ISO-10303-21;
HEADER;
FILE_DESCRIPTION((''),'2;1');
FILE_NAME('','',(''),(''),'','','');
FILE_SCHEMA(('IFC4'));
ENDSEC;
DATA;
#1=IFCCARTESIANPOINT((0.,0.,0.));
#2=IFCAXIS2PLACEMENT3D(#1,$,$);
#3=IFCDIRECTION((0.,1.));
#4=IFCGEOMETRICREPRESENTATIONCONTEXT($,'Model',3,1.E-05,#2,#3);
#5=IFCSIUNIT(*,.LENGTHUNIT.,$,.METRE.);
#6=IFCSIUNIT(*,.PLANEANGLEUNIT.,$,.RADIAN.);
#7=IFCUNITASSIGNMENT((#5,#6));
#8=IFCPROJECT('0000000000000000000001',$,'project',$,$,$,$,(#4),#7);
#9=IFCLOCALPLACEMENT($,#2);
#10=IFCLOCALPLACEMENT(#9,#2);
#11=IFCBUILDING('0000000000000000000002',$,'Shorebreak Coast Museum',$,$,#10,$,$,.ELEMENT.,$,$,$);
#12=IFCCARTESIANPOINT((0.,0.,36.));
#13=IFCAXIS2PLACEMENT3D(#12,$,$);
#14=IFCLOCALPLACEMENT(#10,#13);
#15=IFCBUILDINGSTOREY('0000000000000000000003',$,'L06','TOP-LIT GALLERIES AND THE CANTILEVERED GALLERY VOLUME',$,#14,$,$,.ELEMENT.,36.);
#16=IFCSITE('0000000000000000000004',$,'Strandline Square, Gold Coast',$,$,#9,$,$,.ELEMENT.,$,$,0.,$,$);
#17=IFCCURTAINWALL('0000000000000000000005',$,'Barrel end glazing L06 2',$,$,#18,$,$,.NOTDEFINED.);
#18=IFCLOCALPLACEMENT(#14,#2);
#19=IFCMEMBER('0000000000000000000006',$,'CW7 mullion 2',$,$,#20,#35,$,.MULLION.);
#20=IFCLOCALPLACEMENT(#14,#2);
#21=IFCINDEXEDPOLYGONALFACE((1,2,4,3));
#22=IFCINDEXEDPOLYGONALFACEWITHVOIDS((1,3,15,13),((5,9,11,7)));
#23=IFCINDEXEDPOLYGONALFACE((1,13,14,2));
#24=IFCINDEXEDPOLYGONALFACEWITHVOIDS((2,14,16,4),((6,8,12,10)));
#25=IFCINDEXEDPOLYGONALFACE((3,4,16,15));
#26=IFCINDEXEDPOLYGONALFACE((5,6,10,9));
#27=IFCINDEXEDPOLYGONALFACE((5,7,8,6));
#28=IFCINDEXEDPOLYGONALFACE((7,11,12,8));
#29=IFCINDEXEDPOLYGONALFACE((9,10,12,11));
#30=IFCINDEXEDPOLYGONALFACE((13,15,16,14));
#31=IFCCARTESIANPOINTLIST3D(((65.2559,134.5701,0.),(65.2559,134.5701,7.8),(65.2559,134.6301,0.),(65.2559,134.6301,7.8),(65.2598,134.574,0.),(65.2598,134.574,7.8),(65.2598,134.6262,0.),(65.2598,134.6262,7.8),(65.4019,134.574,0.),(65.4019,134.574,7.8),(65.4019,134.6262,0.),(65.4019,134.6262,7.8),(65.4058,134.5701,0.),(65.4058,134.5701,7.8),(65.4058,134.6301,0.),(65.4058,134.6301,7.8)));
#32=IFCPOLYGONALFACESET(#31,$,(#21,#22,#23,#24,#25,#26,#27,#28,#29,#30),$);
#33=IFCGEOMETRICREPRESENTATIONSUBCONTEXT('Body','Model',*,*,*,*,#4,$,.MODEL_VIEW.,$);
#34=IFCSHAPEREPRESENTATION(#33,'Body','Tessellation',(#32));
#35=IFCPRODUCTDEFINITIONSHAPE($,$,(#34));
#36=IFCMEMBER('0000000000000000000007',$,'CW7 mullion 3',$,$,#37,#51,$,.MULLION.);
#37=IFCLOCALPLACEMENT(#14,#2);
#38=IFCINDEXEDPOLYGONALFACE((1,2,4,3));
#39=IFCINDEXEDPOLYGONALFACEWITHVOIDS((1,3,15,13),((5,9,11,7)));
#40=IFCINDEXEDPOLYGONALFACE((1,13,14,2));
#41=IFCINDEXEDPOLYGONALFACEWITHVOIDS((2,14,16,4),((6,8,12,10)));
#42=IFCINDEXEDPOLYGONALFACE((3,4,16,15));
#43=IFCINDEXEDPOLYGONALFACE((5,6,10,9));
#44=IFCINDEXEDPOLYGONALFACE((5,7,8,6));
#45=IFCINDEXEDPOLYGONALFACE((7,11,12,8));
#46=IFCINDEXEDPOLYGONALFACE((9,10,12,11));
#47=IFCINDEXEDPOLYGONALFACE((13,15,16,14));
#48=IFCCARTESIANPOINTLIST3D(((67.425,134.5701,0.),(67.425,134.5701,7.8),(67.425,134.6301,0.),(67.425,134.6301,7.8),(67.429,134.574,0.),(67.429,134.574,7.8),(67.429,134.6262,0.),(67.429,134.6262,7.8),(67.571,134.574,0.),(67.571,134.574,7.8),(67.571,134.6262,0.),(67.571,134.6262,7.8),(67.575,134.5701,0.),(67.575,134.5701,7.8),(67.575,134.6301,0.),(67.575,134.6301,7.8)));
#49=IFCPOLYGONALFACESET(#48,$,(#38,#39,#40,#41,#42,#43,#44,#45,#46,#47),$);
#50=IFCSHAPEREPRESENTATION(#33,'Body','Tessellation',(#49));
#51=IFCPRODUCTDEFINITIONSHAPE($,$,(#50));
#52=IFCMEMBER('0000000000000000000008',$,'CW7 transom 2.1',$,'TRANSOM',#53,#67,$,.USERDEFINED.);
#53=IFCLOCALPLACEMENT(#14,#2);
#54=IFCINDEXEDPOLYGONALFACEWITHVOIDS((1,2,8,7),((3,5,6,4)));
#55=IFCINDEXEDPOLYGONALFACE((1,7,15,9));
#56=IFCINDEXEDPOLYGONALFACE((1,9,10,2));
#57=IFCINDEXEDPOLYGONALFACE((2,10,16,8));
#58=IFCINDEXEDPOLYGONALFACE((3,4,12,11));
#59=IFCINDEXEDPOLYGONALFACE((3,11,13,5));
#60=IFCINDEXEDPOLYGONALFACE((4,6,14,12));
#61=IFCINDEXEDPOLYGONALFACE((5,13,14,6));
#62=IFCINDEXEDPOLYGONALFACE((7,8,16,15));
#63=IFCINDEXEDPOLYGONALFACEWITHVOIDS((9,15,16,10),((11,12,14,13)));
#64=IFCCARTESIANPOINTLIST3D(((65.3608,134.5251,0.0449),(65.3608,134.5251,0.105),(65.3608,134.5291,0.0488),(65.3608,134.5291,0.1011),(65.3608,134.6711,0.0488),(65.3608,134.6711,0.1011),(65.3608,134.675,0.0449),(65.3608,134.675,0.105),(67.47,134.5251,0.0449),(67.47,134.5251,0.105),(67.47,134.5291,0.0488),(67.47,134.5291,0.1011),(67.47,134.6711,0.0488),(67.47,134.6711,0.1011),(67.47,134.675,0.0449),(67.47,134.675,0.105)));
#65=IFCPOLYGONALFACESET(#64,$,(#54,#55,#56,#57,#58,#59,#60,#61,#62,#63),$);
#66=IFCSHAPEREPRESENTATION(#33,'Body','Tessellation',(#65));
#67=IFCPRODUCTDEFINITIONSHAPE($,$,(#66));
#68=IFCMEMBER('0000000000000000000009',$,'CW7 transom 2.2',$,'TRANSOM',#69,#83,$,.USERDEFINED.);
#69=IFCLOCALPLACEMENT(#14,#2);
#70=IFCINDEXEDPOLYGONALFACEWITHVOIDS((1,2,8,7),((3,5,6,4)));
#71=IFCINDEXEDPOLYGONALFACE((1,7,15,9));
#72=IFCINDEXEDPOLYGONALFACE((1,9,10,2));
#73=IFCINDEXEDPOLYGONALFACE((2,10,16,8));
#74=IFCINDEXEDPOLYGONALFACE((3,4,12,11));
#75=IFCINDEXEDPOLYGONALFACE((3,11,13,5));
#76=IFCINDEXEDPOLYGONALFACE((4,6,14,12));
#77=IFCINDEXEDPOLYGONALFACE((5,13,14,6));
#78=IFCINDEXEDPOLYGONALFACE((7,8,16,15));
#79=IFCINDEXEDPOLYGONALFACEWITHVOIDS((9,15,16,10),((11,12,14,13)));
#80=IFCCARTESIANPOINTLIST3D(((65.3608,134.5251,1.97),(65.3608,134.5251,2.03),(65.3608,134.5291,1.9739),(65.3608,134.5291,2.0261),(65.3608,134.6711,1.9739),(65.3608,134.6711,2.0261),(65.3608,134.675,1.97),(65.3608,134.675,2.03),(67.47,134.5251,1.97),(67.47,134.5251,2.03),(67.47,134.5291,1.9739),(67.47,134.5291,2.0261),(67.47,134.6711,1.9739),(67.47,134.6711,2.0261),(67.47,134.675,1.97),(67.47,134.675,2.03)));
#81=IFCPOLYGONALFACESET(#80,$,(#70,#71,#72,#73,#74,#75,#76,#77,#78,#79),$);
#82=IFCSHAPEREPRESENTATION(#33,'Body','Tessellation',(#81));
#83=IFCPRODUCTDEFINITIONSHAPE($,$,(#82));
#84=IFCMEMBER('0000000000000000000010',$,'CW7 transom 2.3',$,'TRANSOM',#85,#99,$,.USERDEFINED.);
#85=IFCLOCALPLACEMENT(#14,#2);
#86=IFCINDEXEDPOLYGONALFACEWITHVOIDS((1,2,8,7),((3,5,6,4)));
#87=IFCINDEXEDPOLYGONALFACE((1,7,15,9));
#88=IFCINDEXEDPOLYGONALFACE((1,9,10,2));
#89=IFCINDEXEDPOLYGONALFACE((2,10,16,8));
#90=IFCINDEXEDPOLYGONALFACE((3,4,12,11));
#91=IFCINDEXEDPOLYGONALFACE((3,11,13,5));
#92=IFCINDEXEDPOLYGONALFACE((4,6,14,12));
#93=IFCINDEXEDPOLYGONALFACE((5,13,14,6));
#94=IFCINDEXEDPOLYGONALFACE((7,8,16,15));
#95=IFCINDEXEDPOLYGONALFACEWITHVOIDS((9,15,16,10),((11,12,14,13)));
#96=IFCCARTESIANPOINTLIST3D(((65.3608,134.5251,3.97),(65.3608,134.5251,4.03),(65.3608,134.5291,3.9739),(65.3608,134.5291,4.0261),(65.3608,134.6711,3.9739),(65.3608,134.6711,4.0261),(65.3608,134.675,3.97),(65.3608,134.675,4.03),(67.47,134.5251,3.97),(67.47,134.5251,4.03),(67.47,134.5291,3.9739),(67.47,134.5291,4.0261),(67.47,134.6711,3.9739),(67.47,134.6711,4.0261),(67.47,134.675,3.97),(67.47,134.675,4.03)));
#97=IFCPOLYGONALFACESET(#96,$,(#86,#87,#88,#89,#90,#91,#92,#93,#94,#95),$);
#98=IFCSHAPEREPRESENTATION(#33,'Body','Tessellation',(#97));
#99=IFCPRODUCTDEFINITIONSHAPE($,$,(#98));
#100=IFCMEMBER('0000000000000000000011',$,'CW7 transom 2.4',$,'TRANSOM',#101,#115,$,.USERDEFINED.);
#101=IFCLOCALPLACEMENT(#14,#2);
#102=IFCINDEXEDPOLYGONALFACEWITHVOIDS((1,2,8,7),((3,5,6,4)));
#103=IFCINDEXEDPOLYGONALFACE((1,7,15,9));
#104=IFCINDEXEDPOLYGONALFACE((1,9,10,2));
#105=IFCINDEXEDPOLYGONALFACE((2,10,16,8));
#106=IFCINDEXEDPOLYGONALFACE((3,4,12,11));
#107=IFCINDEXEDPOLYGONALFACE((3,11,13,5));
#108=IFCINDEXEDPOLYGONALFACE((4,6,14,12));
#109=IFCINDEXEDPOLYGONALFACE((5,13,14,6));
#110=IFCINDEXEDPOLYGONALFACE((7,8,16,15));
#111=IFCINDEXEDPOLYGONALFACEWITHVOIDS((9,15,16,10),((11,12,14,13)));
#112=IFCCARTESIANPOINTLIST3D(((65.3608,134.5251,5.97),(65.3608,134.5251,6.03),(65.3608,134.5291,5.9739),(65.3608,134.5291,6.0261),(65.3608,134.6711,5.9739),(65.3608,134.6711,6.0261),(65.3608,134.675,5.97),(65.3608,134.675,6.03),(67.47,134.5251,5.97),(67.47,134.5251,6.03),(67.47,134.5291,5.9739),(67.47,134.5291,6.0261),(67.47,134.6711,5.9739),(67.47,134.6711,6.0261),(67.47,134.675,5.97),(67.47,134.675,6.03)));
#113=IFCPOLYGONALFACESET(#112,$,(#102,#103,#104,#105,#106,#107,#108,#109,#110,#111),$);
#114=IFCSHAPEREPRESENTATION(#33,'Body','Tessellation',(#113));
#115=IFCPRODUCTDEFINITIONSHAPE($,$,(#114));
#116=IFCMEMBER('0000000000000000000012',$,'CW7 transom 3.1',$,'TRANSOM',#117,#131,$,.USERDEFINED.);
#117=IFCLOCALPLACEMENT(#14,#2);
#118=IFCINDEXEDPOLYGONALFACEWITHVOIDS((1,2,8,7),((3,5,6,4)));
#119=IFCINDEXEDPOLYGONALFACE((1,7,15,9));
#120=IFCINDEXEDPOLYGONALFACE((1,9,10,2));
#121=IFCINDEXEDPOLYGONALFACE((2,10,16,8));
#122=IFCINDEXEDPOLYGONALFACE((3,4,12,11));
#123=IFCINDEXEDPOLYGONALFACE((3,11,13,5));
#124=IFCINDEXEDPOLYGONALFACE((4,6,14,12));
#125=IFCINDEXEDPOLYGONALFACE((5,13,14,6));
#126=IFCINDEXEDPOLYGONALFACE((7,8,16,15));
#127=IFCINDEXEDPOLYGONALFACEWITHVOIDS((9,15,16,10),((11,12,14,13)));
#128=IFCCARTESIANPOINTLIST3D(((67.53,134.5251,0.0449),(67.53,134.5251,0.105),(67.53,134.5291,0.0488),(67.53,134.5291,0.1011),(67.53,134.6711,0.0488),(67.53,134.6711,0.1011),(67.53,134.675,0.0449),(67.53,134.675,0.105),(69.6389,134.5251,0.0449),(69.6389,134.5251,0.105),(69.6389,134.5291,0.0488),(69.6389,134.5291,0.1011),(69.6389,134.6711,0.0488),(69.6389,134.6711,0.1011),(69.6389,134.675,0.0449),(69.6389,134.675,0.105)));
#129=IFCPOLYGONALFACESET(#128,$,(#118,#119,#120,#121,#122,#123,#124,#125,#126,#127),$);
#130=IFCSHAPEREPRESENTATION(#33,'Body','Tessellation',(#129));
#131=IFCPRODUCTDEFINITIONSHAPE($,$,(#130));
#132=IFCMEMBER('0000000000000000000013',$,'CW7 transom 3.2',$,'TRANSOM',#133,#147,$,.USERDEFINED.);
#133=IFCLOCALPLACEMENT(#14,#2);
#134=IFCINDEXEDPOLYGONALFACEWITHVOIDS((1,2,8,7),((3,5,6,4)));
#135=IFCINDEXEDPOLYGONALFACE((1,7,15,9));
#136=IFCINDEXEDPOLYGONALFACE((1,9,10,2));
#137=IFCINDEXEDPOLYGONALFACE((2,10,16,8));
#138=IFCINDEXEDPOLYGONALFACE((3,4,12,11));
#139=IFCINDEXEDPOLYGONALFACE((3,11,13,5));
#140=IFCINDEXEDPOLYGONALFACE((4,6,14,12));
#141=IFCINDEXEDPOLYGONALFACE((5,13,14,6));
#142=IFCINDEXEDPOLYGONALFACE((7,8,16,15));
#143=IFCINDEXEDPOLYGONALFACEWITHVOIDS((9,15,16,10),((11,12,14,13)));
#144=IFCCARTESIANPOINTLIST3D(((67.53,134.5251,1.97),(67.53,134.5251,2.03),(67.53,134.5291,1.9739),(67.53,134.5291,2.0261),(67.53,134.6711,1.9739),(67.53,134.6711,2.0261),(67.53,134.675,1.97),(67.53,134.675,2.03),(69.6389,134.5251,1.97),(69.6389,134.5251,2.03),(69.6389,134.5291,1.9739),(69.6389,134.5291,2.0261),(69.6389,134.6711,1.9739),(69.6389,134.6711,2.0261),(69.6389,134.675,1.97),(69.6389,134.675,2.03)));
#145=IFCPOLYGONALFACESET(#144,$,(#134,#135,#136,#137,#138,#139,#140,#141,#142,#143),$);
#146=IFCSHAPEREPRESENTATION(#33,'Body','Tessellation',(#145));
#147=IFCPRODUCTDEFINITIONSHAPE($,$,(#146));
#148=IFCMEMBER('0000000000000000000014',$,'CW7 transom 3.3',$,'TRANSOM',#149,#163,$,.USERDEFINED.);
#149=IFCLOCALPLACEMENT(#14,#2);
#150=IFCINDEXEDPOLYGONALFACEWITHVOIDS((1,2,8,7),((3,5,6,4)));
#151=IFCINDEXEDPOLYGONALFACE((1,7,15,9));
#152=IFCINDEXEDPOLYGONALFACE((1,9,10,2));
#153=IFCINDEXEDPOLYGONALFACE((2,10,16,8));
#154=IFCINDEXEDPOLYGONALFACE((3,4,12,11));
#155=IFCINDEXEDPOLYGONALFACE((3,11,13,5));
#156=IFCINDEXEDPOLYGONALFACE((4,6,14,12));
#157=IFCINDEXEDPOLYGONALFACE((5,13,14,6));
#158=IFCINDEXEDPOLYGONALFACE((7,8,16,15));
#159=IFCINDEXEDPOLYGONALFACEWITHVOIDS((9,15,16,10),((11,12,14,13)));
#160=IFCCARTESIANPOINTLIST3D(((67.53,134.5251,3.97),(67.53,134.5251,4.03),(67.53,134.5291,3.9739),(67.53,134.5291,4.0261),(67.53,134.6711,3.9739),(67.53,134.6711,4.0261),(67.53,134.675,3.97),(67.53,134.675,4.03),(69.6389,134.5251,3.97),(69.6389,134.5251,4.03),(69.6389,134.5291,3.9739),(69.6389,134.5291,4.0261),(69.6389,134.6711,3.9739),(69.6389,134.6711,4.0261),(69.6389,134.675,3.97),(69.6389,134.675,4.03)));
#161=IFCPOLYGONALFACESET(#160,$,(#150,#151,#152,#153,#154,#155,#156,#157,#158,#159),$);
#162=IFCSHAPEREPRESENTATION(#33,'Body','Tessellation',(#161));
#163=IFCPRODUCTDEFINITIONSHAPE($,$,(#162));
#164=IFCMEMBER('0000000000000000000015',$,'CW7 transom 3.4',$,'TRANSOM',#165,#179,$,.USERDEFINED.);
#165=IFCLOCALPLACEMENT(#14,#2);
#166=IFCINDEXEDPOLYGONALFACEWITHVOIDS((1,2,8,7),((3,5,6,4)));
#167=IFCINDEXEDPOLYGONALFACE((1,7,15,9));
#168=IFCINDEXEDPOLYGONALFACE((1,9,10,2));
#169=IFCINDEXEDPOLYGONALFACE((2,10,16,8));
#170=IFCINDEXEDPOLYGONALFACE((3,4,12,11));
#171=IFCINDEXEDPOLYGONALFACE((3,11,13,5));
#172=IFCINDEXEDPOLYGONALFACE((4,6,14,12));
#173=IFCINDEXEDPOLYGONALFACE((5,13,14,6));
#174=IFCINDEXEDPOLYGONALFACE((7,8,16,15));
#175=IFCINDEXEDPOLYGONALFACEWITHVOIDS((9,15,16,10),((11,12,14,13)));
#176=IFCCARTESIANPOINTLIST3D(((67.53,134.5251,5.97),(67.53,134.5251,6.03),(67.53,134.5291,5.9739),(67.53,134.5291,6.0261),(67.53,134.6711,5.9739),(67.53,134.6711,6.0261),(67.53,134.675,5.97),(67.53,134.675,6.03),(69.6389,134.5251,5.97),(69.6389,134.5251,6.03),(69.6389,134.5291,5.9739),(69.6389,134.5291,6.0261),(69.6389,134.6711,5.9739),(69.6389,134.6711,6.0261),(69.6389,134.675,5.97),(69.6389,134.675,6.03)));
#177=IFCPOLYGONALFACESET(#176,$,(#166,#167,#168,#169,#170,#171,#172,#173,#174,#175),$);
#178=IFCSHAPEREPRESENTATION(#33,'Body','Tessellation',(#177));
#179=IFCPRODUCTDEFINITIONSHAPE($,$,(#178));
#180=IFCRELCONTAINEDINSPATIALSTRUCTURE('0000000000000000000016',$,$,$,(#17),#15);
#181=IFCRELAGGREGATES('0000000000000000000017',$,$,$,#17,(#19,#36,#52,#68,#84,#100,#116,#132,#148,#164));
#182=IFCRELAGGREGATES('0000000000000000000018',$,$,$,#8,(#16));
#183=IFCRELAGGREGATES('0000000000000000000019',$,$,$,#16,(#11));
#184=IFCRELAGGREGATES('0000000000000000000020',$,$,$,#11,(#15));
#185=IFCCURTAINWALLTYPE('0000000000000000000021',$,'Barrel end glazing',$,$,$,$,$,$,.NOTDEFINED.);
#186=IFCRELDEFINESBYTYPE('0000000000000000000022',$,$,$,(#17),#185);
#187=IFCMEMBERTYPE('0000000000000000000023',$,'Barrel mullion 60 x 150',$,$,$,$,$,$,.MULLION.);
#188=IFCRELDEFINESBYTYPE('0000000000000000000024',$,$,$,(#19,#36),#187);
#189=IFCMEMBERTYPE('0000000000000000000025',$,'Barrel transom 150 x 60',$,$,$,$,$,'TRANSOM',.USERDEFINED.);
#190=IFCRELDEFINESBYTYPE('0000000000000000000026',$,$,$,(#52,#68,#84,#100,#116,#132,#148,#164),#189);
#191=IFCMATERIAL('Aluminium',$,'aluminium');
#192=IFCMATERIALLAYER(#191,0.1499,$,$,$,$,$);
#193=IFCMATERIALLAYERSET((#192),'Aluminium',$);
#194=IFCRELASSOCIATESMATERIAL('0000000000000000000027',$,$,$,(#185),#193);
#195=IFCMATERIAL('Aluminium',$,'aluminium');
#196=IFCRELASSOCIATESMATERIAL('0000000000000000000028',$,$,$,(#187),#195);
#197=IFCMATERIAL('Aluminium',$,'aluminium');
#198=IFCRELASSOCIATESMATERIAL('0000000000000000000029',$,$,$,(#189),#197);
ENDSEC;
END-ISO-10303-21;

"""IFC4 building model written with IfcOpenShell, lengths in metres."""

from ifc_helpers import new_model, si_unit, direction, frame, origin, origin_2d, place, context, subcontext, project, spatial, hollow_rectangle, extrude, material, layer, layer_set, material_profile, profile_set, type_object, element, aggregate, save


model = new_model("IFC4")

# Units and contexts
model_context = context("Model", 3, precision=1e-05, world=origin(), true_north=direction((0.0, 1.0)))
body_context = subcontext(model_context, "Body", "Model", "MODEL_VIEW")
ifc_project = project(units=[si_unit("LENGTHUNIT", "METRE"), si_unit("PLANEANGLEUNIT", "RADIAN")], contexts=[model_context])

# Site, building, storey
site_placement = place(None, origin())
site = spatial("IfcSite", under=ifc_project, at=site_placement, Name="Strandline Square, Gold Coast", CompositionType="ELEMENT", RefElevation=0.0)
building_placement = place(site_placement, origin())
building = spatial("IfcBuilding", under=site, at=building_placement, Name="Shorebreak Coast Museum", CompositionType="ELEMENT")
storey_placement = place(building_placement, frame((0.0, 0.0, 36.0)))
storey = spatial("IfcBuildingStorey", under=building, at=storey_placement, Name="L06", Description="TOP-LIT GALLERIES AND THE CANTILEVERED GALLERY VOLUME", CompositionType="ELEMENT", Elevation=36.0)

# Curtain wall, members
ifc_material_1 = material(Name="Aluminium", Category="aluminium")
ifc_layer_1 = layer(ifc_material_1, 0.1499)
ifc_layer_set_1 = layer_set([ifc_layer_1], Name="Aluminium")
curtain_wall_type = type_object("IfcCurtainWallType", Name="Barrel end glazing", PredefinedType="NOTDEFINED", material=ifc_layer_set_1)
curtain_wall_placement = place(storey_placement, origin())
curtain_wall = element("IfcCurtainWall", 1, at=curtain_wall_placement, inside=storey, type_object=curtain_wall_type, Name="Barrel end glazing L06 2", PredefinedType="NOTDEFINED")
ifc_material_2 = material(Name="Aluminium", Category="aluminium")
ifc_material_profile_1 = material_profile(ifc_material_2, hollow_rectangle(XDim=0.0601, YDim=0.1499, WallThickness=0.0039, at=origin_2d()), Name="AL 150x60 RHS")
ifc_profile_set_1 = profile_set([ifc_material_profile_1], Name="Aluminium")
member_type_1 = type_object("IfcMemberType", Name="Barrel mullion 60 x 150", PredefinedType="MULLION", material=ifc_profile_set_1)
member_1_placement = place(storey_placement, frame((65.3308, 134.6001, 0.0), z_axis=(0.0, 0.0, 1.0), x_axis=(0.0, 1.0, 0.0)))
member_1 = element("IfcMember", 2, at=member_1_placement, type_object=member_type_1, Name="CW7 mullion 2", PredefinedType="MULLION", context=body_context, shape_type="SweptSolid", body=[
    extrude(hollow_rectangle(XDim=0.0601, YDim=0.1499, WallThickness=0.0039, at=origin_2d()), origin(), (0.0, 0.0, 1.0), 7.8),
])
member_2_placement = place(storey_placement, frame((67.5, 134.6001, 0.0), z_axis=(0.0, 0.0, 1.0), x_axis=(0.0, 1.0, 0.0)))
member_2 = element("IfcMember", 3, at=member_2_placement, type_object=member_type_1, Name="CW7 mullion 3", PredefinedType="MULLION", context=body_context, shape_type="SweptSolid", body=[
    extrude(hollow_rectangle(XDim=0.0601, YDim=0.1499, WallThickness=0.0039, at=origin_2d()), origin(), (0.0, 0.0, 1.0), 7.8),
])
ifc_material_3 = material(Name="Aluminium", Category="aluminium")
ifc_material_profile_2 = material_profile(ifc_material_3, hollow_rectangle(XDim=0.1499, YDim=0.0601, WallThickness=0.0039, at=origin_2d()), Name="AL 60x150 RHS")
ifc_profile_set_2 = profile_set([ifc_material_profile_2], Name="Aluminium")
member_type_2 = type_object("IfcMemberType", Name="Barrel transom 150 x 60", ElementType="TRANSOM", PredefinedType="USERDEFINED", material=ifc_profile_set_2)
member_3_placement = place(storey_placement, frame((65.3608, 134.6001, 0.075), z_axis=(1.0, 0.0, 0.0), x_axis=(0.0, 1.0, 0.0)))
member_3 = element("IfcMember", 4, at=member_3_placement, type_object=member_type_2, Name="CW7 transom 2.1", ObjectType="TRANSOM", PredefinedType="USERDEFINED", context=body_context, shape_type="SweptSolid", body=[
    extrude(hollow_rectangle(XDim=0.1499, YDim=0.0601, WallThickness=0.0039, at=origin_2d()), origin(), (0.0, 0.0, 1.0), 2.1091),
])
member_4_placement = place(storey_placement, frame((65.3608, 134.6001, 2.0), z_axis=(1.0, 0.0, 0.0), x_axis=(0.0, 1.0, 0.0)))
member_4 = element("IfcMember", 5, at=member_4_placement, type_object=member_type_2, Name="CW7 transom 2.2", ObjectType="TRANSOM", PredefinedType="USERDEFINED", context=body_context, shape_type="SweptSolid", body=[
    extrude(hollow_rectangle(XDim=0.1499, YDim=0.0601, WallThickness=0.0039, at=origin_2d()), origin(), (0.0, 0.0, 1.0), 2.1091),
])
member_5_placement = place(storey_placement, frame((65.3608, 134.6001, 4.0), z_axis=(1.0, 0.0, 0.0), x_axis=(0.0, 1.0, 0.0)))
member_5 = element("IfcMember", 6, at=member_5_placement, type_object=member_type_2, Name="CW7 transom 2.3", ObjectType="TRANSOM", PredefinedType="USERDEFINED", context=body_context, shape_type="SweptSolid", body=[
    extrude(hollow_rectangle(XDim=0.1499, YDim=0.0601, WallThickness=0.0039, at=origin_2d()), origin(), (0.0, 0.0, 1.0), 2.1091),
])
member_6_placement = place(storey_placement, frame((65.3608, 134.6001, 6.0), z_axis=(1.0, 0.0, 0.0), x_axis=(0.0, 1.0, 0.0)))
member_6 = element("IfcMember", 7, at=member_6_placement, type_object=member_type_2, Name="CW7 transom 2.4", ObjectType="TRANSOM", PredefinedType="USERDEFINED", context=body_context, shape_type="SweptSolid", body=[
    extrude(hollow_rectangle(XDim=0.1499, YDim=0.0601, WallThickness=0.0039, at=origin_2d()), origin(), (0.0, 0.0, 1.0), 2.1091),
])
member_7_placement = place(storey_placement, frame((67.53, 134.6001, 0.075), z_axis=(1.0, 0.0, 0.0), x_axis=(0.0, 1.0, 0.0)))
member_7 = element("IfcMember", 8, at=member_7_placement, type_object=member_type_2, Name="CW7 transom 3.1", ObjectType="TRANSOM", PredefinedType="USERDEFINED", context=body_context, shape_type="SweptSolid", body=[
    extrude(hollow_rectangle(XDim=0.1499, YDim=0.0601, WallThickness=0.0039, at=origin_2d()), origin(), (0.0, 0.0, 1.0), 2.1089),
])
member_8_placement = place(storey_placement, frame((67.53, 134.6001, 2.0), z_axis=(1.0, 0.0, 0.0), x_axis=(0.0, 1.0, 0.0)))
member_8 = element("IfcMember", 9, at=member_8_placement, type_object=member_type_2, Name="CW7 transom 3.2", ObjectType="TRANSOM", PredefinedType="USERDEFINED", context=body_context, shape_type="SweptSolid", body=[
    extrude(hollow_rectangle(XDim=0.1499, YDim=0.0601, WallThickness=0.0039, at=origin_2d()), origin(), (0.0, 0.0, 1.0), 2.1089),
])
member_9_placement = place(storey_placement, frame((67.53, 134.6001, 4.0), z_axis=(1.0, 0.0, 0.0), x_axis=(0.0, 1.0, 0.0)))
member_9 = element("IfcMember", 10, at=member_9_placement, type_object=member_type_2, Name="CW7 transom 3.3", ObjectType="TRANSOM", PredefinedType="USERDEFINED", context=body_context, shape_type="SweptSolid", body=[
    extrude(hollow_rectangle(XDim=0.1499, YDim=0.0601, WallThickness=0.0039, at=origin_2d()), origin(), (0.0, 0.0, 1.0), 2.1089),
])
member_10_placement = place(storey_placement, frame((67.53, 134.6001, 6.0), z_axis=(1.0, 0.0, 0.0), x_axis=(0.0, 1.0, 0.0)))
member_10 = element("IfcMember", 11, at=member_10_placement, type_object=member_type_2, Name="CW7 transom 3.4", ObjectType="TRANSOM", PredefinedType="USERDEFINED", context=body_context, shape_type="SweptSolid", body=[
    extrude(hollow_rectangle(XDim=0.1499, YDim=0.0601, WallThickness=0.0039, at=origin_2d()), origin(), (0.0, 0.0, 1.0), 2.1089),
])

aggregate(curtain_wall, [member_1, member_2, member_3, member_4, member_5, member_6, member_7, member_8, member_9, member_10])

save(model, "model.ifc")
